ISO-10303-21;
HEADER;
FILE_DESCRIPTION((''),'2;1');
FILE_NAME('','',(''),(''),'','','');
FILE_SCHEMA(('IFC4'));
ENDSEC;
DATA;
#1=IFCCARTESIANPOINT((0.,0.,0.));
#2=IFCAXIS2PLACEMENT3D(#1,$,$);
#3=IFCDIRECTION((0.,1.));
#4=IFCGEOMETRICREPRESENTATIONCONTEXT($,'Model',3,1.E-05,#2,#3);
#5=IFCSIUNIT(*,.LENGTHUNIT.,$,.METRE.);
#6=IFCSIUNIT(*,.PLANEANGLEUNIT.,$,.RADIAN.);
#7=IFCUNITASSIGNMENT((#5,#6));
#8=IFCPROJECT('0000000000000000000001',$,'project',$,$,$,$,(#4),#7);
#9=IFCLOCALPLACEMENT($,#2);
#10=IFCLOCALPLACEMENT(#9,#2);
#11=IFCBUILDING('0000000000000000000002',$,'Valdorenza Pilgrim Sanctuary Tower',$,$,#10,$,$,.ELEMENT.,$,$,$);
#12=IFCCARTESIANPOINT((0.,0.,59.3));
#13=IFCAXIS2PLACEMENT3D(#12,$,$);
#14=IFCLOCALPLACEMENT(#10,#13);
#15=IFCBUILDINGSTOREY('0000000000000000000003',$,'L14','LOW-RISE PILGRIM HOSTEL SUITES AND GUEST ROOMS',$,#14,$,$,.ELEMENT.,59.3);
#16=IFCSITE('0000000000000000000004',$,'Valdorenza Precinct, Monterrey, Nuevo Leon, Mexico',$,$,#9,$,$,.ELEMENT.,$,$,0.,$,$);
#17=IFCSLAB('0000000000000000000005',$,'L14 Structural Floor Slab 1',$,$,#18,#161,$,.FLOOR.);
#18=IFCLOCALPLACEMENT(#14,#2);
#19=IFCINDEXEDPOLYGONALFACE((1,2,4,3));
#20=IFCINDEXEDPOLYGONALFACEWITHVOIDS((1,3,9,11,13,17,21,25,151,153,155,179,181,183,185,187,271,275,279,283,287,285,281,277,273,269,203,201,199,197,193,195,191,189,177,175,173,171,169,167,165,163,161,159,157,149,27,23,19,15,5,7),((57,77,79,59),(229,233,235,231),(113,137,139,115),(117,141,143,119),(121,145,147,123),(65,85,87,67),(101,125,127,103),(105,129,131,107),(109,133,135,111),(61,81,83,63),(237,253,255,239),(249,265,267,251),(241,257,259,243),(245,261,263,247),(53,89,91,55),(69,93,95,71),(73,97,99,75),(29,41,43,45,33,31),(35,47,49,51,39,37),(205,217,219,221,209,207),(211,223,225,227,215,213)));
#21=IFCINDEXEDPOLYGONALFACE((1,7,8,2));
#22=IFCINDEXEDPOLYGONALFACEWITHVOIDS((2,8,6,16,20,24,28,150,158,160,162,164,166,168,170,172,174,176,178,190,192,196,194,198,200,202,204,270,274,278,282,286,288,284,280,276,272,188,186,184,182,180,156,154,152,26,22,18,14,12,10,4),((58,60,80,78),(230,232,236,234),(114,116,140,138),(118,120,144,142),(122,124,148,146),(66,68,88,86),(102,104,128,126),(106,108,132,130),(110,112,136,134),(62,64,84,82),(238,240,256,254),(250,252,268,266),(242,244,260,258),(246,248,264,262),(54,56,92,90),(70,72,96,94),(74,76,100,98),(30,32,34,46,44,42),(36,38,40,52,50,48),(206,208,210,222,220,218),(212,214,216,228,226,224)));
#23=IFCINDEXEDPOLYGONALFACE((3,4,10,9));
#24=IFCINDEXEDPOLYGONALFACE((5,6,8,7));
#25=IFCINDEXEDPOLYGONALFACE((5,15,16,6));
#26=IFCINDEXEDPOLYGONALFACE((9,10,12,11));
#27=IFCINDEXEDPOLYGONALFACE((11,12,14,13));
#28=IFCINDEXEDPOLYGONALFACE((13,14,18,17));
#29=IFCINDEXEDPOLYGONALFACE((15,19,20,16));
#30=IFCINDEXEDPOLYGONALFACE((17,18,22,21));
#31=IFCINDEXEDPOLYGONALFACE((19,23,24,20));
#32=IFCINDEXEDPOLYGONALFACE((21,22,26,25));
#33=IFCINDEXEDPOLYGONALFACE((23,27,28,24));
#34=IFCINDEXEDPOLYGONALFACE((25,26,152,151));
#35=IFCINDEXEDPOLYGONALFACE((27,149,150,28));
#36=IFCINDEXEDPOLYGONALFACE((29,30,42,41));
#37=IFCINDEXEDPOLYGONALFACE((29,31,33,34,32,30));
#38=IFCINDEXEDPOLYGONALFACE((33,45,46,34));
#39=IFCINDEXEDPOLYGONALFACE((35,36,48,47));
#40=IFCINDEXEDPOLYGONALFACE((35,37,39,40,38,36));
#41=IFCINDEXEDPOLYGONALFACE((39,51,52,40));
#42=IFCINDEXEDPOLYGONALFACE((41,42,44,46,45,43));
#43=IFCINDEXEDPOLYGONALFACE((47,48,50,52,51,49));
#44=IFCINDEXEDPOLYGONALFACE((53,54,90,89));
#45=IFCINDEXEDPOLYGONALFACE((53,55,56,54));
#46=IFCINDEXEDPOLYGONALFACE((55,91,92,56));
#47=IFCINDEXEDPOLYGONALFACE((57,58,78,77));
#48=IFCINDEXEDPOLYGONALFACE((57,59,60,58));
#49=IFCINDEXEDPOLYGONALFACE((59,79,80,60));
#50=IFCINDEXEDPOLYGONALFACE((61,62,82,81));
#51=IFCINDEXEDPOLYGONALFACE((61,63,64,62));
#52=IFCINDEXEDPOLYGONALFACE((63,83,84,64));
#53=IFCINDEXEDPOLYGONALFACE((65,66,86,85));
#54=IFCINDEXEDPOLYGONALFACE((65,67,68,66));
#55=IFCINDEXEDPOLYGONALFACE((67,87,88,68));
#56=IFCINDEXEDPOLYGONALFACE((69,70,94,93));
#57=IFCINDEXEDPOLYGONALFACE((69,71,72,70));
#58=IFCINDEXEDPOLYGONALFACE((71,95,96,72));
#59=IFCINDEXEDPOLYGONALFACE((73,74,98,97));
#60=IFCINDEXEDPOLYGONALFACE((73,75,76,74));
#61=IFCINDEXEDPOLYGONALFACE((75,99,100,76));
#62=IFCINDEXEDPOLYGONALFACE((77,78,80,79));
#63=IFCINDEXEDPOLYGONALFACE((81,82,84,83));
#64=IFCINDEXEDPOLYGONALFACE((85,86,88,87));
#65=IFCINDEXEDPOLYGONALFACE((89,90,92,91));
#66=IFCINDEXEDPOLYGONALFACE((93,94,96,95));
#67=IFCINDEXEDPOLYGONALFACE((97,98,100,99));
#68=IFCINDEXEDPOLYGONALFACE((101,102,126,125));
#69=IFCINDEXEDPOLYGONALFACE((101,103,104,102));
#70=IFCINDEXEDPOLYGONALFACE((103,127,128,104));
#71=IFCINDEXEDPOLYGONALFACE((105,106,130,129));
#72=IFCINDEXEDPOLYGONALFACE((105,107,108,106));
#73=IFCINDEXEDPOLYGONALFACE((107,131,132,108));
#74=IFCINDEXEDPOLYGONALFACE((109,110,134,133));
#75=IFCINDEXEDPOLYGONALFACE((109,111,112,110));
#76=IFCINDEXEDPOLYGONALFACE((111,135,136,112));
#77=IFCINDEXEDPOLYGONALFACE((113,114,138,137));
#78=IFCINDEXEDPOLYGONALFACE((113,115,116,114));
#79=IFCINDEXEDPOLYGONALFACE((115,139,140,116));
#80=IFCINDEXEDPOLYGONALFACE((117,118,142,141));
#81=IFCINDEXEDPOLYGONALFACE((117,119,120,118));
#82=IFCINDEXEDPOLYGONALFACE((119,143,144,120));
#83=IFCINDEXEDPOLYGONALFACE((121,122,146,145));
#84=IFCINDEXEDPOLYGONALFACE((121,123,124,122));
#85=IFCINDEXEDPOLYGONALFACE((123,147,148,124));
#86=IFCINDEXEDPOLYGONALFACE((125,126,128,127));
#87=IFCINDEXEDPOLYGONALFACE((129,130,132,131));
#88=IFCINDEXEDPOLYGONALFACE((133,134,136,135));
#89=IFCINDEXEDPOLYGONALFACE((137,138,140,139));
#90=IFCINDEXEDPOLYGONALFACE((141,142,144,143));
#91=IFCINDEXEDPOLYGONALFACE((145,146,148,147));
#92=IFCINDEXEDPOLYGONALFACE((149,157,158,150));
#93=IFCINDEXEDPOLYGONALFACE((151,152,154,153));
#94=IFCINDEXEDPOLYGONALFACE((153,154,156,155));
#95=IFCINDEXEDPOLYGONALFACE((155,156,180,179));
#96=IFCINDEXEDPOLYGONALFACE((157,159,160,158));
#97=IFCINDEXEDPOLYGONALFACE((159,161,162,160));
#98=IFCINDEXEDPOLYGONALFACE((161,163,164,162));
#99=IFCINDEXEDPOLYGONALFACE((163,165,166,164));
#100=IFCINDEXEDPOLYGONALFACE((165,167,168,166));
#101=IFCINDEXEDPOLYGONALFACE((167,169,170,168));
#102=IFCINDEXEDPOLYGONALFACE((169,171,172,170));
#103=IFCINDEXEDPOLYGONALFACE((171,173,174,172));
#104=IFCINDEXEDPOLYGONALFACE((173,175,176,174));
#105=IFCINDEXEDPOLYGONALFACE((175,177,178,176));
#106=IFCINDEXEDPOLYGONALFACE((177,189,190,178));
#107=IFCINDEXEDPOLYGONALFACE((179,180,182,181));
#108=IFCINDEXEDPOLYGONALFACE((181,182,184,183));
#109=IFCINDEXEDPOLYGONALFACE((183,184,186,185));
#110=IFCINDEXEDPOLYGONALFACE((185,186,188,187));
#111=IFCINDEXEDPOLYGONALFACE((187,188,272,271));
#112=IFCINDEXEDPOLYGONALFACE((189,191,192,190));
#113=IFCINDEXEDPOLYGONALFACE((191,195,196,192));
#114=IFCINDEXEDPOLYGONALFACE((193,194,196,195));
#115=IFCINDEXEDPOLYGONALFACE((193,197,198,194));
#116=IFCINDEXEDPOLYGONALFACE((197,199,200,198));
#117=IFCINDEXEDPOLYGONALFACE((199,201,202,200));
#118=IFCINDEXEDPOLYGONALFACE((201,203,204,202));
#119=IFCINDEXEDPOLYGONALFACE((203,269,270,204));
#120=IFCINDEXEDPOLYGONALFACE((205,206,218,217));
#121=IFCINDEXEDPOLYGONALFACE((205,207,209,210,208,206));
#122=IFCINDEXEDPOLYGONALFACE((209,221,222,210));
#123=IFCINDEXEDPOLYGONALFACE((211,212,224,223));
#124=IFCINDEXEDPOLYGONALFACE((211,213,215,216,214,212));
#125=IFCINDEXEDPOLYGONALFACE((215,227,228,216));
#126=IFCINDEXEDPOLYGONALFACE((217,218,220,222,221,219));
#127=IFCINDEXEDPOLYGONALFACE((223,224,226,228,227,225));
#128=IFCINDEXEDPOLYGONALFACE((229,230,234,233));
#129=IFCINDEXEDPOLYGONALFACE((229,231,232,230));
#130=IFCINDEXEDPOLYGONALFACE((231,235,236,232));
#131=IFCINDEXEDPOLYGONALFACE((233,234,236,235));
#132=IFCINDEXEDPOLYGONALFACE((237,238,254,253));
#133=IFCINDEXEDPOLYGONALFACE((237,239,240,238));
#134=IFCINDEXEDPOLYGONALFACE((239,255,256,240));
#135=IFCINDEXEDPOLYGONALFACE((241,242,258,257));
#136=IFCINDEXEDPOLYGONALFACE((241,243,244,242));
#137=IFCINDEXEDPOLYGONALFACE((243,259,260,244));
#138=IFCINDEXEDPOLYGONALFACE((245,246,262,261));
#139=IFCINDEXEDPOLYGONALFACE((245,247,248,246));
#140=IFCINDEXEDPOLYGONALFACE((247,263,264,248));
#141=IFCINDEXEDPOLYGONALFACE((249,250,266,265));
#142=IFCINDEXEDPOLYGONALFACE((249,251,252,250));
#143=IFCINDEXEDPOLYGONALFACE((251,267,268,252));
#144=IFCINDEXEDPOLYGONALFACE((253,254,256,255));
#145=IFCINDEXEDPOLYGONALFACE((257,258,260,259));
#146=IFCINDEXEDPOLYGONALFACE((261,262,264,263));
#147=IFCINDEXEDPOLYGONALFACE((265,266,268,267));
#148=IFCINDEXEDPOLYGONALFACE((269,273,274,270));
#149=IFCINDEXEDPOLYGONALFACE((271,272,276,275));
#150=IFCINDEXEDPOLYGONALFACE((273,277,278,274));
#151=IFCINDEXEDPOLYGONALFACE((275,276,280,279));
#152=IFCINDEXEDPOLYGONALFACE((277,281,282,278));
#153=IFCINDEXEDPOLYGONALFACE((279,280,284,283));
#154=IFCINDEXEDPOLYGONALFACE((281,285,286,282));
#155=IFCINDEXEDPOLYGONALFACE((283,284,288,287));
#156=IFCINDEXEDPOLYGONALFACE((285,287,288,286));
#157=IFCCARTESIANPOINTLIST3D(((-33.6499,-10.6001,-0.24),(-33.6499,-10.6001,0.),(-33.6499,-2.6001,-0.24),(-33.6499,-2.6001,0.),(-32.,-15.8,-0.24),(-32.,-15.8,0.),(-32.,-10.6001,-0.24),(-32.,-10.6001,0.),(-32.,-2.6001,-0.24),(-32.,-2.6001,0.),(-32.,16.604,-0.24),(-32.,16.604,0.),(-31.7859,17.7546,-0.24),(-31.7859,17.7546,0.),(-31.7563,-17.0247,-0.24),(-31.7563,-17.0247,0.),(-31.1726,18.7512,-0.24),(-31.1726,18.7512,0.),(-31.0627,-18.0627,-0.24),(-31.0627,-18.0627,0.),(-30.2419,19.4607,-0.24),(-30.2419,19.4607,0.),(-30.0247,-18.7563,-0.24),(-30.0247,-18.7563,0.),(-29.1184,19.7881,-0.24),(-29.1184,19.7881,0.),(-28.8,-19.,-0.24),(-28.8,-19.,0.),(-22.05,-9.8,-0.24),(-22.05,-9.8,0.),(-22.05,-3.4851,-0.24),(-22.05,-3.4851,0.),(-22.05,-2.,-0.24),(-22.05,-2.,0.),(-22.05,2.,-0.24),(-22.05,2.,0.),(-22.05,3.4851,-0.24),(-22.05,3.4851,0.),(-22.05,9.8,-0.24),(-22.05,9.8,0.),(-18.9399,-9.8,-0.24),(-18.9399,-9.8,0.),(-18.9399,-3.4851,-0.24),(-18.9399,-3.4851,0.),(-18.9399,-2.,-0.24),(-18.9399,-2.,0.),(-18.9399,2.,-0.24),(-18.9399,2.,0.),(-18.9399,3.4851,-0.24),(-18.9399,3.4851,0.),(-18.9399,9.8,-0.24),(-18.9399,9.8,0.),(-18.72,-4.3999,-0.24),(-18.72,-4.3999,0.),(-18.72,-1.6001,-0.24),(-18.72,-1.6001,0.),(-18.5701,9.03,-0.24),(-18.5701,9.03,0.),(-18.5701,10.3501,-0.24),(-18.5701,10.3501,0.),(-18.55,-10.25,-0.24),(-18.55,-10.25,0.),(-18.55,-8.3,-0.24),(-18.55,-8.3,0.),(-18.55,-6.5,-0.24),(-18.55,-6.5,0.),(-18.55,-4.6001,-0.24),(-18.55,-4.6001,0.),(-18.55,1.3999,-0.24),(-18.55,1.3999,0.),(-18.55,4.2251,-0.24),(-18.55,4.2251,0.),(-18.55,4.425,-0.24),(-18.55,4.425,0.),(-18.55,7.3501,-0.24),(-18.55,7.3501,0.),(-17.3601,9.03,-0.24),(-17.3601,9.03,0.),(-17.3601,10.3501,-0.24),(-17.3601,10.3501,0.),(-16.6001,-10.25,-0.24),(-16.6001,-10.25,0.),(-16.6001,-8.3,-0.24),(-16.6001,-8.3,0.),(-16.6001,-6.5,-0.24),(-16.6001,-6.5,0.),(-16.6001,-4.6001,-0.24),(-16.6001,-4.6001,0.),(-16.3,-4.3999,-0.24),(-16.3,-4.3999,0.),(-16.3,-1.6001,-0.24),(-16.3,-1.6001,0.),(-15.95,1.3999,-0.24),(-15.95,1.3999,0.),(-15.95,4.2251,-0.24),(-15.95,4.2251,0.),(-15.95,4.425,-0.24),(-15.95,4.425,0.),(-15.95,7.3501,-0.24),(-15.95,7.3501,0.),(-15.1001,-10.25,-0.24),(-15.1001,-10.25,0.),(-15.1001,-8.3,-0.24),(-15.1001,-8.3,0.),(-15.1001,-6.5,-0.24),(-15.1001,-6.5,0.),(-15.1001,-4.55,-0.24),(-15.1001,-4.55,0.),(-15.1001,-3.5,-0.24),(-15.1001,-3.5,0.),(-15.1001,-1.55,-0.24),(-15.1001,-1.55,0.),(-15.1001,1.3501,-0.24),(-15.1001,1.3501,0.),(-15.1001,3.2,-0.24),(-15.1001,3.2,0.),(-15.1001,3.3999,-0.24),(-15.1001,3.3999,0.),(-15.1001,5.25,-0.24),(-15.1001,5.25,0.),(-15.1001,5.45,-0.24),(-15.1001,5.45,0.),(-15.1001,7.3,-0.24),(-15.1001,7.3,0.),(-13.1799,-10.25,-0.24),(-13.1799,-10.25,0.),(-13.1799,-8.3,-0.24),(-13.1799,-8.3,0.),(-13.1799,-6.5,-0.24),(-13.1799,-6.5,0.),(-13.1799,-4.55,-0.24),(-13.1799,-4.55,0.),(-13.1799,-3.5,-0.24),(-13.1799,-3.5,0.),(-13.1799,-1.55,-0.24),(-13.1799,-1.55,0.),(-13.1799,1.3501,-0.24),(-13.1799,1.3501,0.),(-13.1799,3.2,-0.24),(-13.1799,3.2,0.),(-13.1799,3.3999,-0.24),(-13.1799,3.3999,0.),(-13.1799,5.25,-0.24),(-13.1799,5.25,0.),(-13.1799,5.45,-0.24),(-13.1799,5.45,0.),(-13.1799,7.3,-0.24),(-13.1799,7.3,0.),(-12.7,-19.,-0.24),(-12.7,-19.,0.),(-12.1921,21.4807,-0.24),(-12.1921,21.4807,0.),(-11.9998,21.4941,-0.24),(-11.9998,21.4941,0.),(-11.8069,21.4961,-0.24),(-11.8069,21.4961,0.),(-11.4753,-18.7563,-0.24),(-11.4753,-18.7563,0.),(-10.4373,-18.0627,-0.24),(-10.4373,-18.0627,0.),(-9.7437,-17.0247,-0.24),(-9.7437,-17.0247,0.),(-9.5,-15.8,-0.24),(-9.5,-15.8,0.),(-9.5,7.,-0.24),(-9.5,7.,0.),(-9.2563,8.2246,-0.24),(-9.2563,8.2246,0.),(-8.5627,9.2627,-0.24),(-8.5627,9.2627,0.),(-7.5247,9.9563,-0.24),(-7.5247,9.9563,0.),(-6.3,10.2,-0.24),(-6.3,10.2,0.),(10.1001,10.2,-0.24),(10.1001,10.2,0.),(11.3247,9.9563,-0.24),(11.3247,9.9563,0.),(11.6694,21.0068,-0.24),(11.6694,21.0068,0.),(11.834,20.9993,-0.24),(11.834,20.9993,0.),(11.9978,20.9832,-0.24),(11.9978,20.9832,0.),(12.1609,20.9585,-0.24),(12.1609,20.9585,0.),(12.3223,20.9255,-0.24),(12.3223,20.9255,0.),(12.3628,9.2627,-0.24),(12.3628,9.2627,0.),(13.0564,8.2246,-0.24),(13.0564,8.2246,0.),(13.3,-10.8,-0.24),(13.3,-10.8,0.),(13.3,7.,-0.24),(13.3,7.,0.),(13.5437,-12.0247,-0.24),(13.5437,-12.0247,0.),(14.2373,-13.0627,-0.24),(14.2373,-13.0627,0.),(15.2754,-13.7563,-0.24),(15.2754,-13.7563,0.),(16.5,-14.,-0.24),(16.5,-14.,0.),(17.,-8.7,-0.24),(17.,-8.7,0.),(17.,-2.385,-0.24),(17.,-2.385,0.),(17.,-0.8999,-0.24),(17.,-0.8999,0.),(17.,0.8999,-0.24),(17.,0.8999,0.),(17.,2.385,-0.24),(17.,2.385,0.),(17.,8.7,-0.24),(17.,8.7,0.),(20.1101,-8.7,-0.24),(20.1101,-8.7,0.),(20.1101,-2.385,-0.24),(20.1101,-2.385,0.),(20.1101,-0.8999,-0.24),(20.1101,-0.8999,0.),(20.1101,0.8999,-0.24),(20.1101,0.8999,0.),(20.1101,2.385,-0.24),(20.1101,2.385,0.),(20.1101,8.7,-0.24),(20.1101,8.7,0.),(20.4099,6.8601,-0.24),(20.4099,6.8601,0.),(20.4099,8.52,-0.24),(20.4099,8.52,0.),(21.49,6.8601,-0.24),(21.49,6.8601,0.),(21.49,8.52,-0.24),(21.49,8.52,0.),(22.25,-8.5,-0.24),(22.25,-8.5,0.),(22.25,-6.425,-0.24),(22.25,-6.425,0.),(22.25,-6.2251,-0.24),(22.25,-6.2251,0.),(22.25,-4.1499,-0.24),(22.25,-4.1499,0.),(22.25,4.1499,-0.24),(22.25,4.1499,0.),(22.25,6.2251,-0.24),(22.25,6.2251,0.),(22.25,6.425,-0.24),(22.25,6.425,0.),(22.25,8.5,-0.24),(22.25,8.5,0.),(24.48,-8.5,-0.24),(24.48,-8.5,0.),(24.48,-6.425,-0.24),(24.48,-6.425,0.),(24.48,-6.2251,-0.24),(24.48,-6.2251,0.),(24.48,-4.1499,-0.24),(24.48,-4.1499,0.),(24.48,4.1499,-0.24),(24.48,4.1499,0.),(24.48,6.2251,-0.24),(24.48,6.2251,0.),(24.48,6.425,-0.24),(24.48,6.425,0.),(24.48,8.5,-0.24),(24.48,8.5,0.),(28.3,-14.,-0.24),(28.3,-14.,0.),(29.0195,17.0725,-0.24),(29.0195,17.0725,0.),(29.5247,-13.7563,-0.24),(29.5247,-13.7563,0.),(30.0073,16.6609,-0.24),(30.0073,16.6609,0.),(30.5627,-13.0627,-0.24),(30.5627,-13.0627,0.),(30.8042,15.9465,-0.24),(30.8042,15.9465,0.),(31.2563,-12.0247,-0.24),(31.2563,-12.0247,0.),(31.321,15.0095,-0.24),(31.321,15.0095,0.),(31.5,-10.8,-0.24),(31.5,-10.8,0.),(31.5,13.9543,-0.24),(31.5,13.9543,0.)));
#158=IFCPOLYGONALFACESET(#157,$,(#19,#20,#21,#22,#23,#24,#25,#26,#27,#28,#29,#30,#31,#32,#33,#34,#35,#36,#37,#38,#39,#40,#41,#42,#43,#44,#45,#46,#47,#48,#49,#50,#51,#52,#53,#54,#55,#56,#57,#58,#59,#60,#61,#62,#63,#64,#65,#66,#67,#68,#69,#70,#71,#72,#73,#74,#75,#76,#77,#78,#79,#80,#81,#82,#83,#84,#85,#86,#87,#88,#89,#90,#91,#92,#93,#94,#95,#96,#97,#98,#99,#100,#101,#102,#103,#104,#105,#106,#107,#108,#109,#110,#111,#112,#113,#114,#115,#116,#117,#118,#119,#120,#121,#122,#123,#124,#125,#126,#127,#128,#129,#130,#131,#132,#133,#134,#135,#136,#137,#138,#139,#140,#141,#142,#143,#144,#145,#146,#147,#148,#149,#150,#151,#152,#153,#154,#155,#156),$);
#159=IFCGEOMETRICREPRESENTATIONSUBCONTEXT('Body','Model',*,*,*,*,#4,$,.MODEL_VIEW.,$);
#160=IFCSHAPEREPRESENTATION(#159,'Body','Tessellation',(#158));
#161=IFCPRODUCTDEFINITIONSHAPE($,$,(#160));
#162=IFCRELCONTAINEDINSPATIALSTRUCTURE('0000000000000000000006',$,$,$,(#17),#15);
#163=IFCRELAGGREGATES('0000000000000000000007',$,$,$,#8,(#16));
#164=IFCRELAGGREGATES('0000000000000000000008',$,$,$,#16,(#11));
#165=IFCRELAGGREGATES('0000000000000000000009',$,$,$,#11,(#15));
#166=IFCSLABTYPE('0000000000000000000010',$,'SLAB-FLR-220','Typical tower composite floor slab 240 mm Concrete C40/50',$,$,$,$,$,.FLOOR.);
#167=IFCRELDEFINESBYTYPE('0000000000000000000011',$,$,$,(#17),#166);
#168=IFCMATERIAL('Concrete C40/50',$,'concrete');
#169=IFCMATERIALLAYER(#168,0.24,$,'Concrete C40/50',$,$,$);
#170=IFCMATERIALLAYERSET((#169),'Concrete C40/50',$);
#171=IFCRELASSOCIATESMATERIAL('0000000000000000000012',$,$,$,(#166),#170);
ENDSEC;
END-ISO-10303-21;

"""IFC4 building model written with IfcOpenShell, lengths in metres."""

from ifc_helpers import new_model, si_unit, direction, frame, origin, place, context, subcontext, project, spatial, polyline, outline, extrude, material, layer, layer_set, type_object, element, save


model = new_model("IFC4")

# Units and contexts
model_context = context("Model", 3, precision=1e-05, world=origin(), true_north=direction((0.0, 1.0)))
body_context = subcontext(model_context, "Body", "Model", "MODEL_VIEW")
ifc_project = project(units=[si_unit("LENGTHUNIT", "METRE"), si_unit("PLANEANGLEUNIT", "RADIAN")], contexts=[model_context])

# Site, building, storey
site_placement = place(None, origin())
site = spatial("IfcSite", under=ifc_project, at=site_placement, Name="Valdorenza Precinct, Monterrey, Nuevo Leon, Mexico", CompositionType="ELEMENT", RefElevation=0.0)
building_placement = place(site_placement, origin())
building = spatial("IfcBuilding", under=site, at=building_placement, Name="Valdorenza Pilgrim Sanctuary Tower", CompositionType="ELEMENT")
storey_placement = place(building_placement, frame((0.0, 0.0, 59.3)))
storey = spatial("IfcBuildingStorey", under=building, at=storey_placement, Name="L14", Description="LOW-RISE PILGRIM HOSTEL SUITES AND GUEST ROOMS", CompositionType="ELEMENT", Elevation=59.3)

# Slab
ifc_material_1 = material(Name="Concrete C40/50", Category="concrete")
ifc_layer_1 = layer(ifc_material_1, 0.24, Name="Concrete C40/50")
ifc_layer_set_1 = layer_set([ifc_layer_1], Name="Concrete C40/50")
slab_type_1 = type_object("IfcSlabType", Name="SLAB-FLR-220", Description="Typical tower composite floor slab 240 mm Concrete C40/50", PredefinedType="FLOOR", material=ifc_layer_set_1)
slab_1_placement = place(storey_placement, frame((0.0, 0.0, -0.24)))
element("IfcSlab", 1, at=slab_1_placement, inside=storey, type_object=slab_type_1, Name="L14 Structural Floor Slab 1", PredefinedType="FLOOR", context=body_context, shape_type="SweptSolid", body=[
    extrude(outline(polyline([(-33.6499, -2.6001), (-32.0, -2.6001), (-32.0, 16.604), (-31.7859, 17.7546), (-31.1726, 18.7512), (-30.2419, 19.4607), (-29.1184, 19.7881), (-12.1921, 21.4807), (-11.9998, 21.4941), (-11.8069, 21.4961), (11.6694, 21.0068), (11.834, 20.9993), (11.9978, 20.9832), (12.1609, 20.9585), (12.3223, 20.9255), (29.0195, 17.0725), (30.0073, 16.6609), (30.8042, 15.9465), (31.321, 15.0095), (31.5, 13.9543), (31.5, -10.8), (31.2563, -12.0247), (30.5627, -13.0627), (29.5247, -13.7563), (28.3, -14.0), (16.5, -14.0), (15.2754, -13.7563), (14.2373, -13.0627), (13.5437, -12.0247), (13.3, -10.8), (13.3, 7.0), (13.0564, 8.2246), (12.3628, 9.2627), (11.3247, 9.9563), (10.1001, 10.2), (-6.3, 10.2), (-7.5247, 9.9563), (-8.5627, 9.2627), (-9.2563, 8.2246), (-9.5, 7.0), (-9.5, -15.8), (-9.7437, -17.0247), (-10.4373, -18.0627), (-11.4753, -18.7563), (-12.7, -19.0), (-28.8, -19.0), (-30.0247, -18.7563), (-31.0627, -18.0627), (-31.7563, -17.0247), (-32.0, -15.8), (-32.0, -10.6001), (-33.6499, -10.6001), (-33.6499, -2.6001)]), holes=[polyline([(-16.6001, -10.25), (-16.6001, -8.3), (-18.55, -8.3), (-18.55, -10.25), (-16.6001, -10.25)]), polyline([(-22.05, -9.8), (-18.9399, -9.8), (-18.9399, -3.4851), (-18.9399, -2.0), (-22.05, -2.0), (-22.05, -3.4851), (-22.05, -9.8)]), polyline([(-18.55, -6.5), (-16.6001, -6.5), (-16.6001, -4.6001), (-18.55, -4.6001), (-18.55, -6.5)]), polyline([(-13.1799, -6.5), (-13.1799, -4.55), (-15.1001, -4.55), (-15.1001, -6.5), (-13.1799, -6.5)]), polyline([(-18.72, -4.3999), (-16.3, -4.3999), (-16.3, -1.6001), (-18.72, -1.6001), (-18.72, -4.3999)]), polyline([(-13.1799, -3.5), (-13.1799, -1.55), (-15.1001, -1.55), (-15.1001, -3.5), (-13.1799, -3.5)]), polyline([(-22.05, 2.0), (-18.9399, 2.0), (-18.9399, 3.4851), (-18.9399, 9.8), (-22.05, 9.8), (-22.05, 3.4851), (-22.05, 2.0)]), polyline([(-18.55, 1.3999), (-15.95, 1.3999), (-15.95, 4.2251), (-18.55, 4.2251), (-18.55, 1.3999)]), polyline([(-15.95, 4.425), (-15.95, 7.3501), (-18.55, 7.3501), (-18.55, 4.425), (-15.95, 4.425)]), polyline([(-15.1001, 5.45), (-13.1799, 5.45), (-13.1799, 7.3), (-15.1001, 7.3), (-15.1001, 5.45)]), polyline([(-17.3601, 9.03), (-17.3601, 10.3501), (-18.5701, 10.3501), (-18.5701, 9.03), (-17.3601, 9.03)]), polyline([(-15.1001, -10.25), (-13.1799, -10.25), (-13.1799, -8.3), (-15.1001, -8.3), (-15.1001, -10.25)]), polyline([(22.25, -8.5), (24.48, -8.5), (24.48, -6.425), (22.25, -6.425), (22.25, -8.5)]), polyline([(17.0, -2.385), (17.0, -8.7), (20.1101, -8.7), (20.1101, -2.385), (20.1101, -0.8999), (17.0, -0.8999), (17.0, -2.385)]), polyline([(22.25, -6.2251), (24.48, -6.2251), (24.48, -4.1499), (22.25, -4.1499), (22.25, -6.2251)]), polyline([(17.0, 0.8999), (20.1101, 0.8999), (20.1101, 2.385), (20.1101, 8.7), (17.0, 8.7), (17.0, 2.385), (17.0, 0.8999)]), polyline([(-15.1001, 1.3501), (-13.1799, 1.3501), (-13.1799, 3.2), (-15.1001, 3.2), (-15.1001, 1.3501)]), polyline([(-15.1001, 3.3999), (-13.1799, 3.3999), (-13.1799, 5.25), (-15.1001, 5.25), (-15.1001, 3.3999)]), polyline([(22.25, 4.1499), (24.48, 4.1499), (24.48, 6.2251), (22.25, 6.2251), (22.25, 4.1499)]), polyline([(22.25, 6.425), (24.48, 6.425), (24.48, 8.5), (22.25, 8.5), (22.25, 6.425)]), polyline([(20.4099, 6.8601), (21.49, 6.8601), (21.49, 8.52), (20.4099, 8.52), (20.4099, 6.8601)])]), origin(), (0.0, 0.0, 1.0), 0.24),
])

save(model, "model.ifc")
